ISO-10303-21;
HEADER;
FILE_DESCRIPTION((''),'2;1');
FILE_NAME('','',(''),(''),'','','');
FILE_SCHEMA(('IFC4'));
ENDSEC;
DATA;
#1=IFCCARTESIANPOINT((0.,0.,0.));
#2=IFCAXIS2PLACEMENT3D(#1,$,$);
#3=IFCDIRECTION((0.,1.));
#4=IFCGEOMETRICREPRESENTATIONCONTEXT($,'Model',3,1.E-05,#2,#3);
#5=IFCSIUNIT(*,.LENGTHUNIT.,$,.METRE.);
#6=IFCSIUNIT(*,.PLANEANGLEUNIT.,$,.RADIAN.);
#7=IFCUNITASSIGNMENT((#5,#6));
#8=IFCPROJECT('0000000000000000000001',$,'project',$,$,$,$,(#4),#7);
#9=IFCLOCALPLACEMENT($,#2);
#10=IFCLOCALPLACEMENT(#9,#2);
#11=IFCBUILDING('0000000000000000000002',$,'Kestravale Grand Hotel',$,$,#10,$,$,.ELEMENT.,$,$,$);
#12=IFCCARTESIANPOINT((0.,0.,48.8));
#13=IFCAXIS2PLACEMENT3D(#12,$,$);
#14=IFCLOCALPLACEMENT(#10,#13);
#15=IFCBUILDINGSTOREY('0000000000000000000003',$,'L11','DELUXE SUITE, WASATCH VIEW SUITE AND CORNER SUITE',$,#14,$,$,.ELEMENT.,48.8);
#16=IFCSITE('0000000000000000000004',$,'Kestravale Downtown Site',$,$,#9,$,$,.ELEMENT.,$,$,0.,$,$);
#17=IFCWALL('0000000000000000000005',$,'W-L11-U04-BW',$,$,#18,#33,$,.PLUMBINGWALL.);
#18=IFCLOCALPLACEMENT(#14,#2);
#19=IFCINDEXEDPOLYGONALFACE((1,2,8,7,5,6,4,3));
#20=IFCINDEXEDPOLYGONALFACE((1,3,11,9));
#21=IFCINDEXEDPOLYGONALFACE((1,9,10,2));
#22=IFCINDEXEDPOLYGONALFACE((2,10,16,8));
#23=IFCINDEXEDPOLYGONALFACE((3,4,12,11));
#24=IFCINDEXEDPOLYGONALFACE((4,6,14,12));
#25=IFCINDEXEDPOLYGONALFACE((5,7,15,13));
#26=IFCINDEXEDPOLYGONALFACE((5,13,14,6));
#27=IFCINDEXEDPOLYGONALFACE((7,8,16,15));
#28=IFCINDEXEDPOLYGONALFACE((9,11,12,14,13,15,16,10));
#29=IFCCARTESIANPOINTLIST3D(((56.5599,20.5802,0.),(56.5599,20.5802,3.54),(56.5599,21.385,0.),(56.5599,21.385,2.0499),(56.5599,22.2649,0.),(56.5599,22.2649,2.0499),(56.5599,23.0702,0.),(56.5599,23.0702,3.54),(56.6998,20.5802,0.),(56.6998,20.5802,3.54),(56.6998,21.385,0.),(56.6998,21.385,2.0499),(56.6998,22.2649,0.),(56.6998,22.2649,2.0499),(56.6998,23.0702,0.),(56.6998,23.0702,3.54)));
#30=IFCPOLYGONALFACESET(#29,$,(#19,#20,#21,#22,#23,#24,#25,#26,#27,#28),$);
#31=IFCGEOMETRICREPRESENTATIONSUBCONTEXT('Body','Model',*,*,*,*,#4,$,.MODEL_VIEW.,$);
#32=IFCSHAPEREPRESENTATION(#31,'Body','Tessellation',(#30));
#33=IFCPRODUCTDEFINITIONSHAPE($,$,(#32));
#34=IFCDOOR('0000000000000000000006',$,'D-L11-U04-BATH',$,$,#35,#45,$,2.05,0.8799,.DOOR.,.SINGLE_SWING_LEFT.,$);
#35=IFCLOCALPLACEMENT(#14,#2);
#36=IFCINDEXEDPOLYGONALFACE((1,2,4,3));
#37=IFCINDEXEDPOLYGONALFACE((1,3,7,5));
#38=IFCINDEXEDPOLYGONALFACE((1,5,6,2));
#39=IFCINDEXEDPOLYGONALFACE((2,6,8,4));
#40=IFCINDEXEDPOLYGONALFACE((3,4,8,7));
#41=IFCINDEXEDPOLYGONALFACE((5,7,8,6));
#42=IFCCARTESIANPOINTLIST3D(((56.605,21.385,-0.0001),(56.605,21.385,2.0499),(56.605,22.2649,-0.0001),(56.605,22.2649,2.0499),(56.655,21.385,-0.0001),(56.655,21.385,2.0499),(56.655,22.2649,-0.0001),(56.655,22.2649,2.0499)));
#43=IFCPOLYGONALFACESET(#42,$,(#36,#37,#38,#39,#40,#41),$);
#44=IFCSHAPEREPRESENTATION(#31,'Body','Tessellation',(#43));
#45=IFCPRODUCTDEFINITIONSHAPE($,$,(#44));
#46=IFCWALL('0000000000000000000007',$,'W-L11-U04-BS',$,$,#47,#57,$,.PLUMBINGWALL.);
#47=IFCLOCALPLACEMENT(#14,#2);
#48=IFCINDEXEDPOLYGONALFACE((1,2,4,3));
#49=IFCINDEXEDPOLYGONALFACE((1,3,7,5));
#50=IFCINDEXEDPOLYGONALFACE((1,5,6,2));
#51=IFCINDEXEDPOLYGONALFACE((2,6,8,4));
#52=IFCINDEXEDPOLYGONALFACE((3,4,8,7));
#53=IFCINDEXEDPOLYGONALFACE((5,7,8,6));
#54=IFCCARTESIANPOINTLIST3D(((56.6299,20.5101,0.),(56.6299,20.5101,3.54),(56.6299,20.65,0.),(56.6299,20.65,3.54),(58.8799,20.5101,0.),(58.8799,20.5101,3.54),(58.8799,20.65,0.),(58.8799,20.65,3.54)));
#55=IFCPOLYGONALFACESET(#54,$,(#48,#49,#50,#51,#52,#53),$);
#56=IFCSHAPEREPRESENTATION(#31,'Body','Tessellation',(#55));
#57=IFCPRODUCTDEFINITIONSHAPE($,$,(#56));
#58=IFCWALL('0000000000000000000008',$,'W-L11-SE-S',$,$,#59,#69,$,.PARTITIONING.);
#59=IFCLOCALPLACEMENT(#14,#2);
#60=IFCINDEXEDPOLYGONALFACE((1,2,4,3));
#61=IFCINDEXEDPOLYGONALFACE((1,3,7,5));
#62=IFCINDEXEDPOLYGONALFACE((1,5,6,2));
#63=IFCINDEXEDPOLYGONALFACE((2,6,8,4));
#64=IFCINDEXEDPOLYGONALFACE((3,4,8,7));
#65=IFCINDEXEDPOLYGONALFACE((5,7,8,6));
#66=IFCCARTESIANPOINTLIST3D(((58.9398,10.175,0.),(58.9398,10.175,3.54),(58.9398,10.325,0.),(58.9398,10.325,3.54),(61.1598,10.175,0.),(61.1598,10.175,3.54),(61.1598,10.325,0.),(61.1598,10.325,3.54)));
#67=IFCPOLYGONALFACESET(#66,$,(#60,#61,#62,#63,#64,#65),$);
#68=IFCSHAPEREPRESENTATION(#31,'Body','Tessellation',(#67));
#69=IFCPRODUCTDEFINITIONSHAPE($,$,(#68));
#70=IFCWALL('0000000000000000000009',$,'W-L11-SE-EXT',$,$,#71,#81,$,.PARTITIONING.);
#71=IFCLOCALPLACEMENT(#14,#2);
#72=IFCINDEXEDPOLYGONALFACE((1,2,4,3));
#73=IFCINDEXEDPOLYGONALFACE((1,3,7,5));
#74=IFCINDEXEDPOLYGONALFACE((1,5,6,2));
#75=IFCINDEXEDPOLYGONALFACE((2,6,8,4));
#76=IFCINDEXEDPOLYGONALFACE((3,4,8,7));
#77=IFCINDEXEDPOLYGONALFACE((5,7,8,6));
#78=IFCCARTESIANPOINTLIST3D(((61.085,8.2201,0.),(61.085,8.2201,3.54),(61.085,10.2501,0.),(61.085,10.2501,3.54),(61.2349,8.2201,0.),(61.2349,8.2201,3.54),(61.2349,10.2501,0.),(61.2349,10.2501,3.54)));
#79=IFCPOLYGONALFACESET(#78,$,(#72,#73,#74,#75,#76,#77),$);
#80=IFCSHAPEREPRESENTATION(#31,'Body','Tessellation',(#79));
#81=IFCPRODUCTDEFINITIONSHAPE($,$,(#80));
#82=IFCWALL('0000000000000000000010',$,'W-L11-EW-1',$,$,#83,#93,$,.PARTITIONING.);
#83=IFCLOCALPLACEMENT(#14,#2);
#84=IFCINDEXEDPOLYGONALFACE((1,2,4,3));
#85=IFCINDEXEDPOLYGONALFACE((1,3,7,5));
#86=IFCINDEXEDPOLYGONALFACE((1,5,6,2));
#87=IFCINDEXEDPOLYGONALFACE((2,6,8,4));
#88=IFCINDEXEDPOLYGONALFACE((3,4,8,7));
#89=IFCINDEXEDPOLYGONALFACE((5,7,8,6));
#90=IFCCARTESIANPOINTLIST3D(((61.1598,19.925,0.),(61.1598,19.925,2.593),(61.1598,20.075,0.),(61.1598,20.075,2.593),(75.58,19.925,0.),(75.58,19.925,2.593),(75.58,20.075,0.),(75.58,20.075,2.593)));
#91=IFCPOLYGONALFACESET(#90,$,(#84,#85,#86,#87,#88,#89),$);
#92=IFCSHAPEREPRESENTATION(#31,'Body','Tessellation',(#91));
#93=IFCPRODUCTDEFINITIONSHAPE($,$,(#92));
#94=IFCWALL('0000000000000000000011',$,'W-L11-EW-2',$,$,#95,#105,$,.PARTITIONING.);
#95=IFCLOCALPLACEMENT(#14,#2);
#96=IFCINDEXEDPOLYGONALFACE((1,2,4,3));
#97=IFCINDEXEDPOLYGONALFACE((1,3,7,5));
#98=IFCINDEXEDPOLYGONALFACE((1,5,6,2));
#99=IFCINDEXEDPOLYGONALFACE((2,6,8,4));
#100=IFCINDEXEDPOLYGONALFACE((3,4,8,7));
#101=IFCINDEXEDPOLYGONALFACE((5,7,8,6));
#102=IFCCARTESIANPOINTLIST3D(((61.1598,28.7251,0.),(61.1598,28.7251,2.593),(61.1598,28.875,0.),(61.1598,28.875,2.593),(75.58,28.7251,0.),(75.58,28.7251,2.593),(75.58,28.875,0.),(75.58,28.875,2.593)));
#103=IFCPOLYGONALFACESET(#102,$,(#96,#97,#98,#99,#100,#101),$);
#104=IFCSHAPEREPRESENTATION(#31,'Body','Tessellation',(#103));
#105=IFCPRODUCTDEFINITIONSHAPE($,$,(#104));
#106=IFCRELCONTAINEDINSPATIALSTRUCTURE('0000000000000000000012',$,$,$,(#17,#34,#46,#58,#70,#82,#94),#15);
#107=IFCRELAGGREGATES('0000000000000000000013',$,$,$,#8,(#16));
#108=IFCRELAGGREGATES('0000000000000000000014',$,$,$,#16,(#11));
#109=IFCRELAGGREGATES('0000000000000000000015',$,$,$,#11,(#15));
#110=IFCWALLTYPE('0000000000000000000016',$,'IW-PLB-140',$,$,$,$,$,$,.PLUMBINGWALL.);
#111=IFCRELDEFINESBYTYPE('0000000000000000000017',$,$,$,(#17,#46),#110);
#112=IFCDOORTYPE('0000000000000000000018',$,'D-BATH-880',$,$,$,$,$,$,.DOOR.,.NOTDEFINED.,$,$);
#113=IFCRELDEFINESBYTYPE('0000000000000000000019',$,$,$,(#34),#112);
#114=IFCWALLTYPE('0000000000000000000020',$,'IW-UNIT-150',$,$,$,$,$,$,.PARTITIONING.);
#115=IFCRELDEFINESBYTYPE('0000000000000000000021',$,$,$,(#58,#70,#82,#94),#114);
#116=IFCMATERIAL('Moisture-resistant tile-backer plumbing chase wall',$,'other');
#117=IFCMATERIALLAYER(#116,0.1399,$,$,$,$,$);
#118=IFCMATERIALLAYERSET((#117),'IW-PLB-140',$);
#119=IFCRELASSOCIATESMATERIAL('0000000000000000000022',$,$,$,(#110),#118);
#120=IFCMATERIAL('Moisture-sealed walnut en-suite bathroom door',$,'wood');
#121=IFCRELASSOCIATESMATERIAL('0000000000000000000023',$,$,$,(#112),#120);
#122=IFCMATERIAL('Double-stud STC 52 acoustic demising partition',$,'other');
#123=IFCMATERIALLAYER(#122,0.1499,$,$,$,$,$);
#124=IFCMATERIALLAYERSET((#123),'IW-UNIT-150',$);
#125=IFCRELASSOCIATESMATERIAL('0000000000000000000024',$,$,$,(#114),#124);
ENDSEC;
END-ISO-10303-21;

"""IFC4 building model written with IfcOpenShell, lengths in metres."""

from ifc_helpers import new_model, si_unit, direction, frame, frame_2d, origin, place, context, subcontext, project, spatial, rectangle, extrude, material, layer, layer_set, type_object, element, fill, save


model = new_model("IFC4")

# Units and contexts
model_context = context("Model", 3, precision=1e-05, world=origin(), true_north=direction((0.0, 1.0)))
body_context = subcontext(model_context, "Body", "Model", "MODEL_VIEW")
ifc_project = project(units=[si_unit("LENGTHUNIT", "METRE"), si_unit("PLANEANGLEUNIT", "RADIAN")], contexts=[model_context])

# Site, building, storey
site_placement = place(None, origin())
site = spatial("IfcSite", under=ifc_project, at=site_placement, Name="Kestravale Downtown Site", CompositionType="ELEMENT", RefElevation=0.0)
building_placement = place(site_placement, origin())
building = spatial("IfcBuilding", under=site, at=building_placement, Name="Kestravale Grand Hotel", CompositionType="ELEMENT")
storey_placement = place(building_placement, frame((0.0, 0.0, 48.8)))
storey = spatial("IfcBuildingStorey", under=building, at=storey_placement, Name="L11", Description="DELUXE SUITE, WASATCH VIEW SUITE AND CORNER SUITE", CompositionType="ELEMENT", Elevation=48.8)

# Wall, opening, door
ifc_material_1 = material(Name="Moisture-resistant tile-backer plumbing chase wall", Category="other")
ifc_layer_1 = layer(ifc_material_1, 0.1399)
ifc_layer_set_1 = layer_set([ifc_layer_1], Name="IW-PLB-140")
wall_type_1 = type_object("IfcWallType", Name="IW-PLB-140", PredefinedType="PLUMBINGWALL", material=ifc_layer_set_1)
wall_1_placement = place(storey_placement, frame((56.6299, 20.5801, 0.0), z_axis=(0.0, 0.0, 1.0), x_axis=(0.0, 1.0, 0.0)))
wall_1 = element("IfcWall", 1, at=wall_1_placement, inside=storey, type_object=wall_type_1, Name="W-L11-U04-BW", PredefinedType="PLUMBINGWALL", context=body_context, shape_type="SweptSolid", body=[
    extrude(rectangle(XDim=2.49, YDim=0.1399, at=frame_2d((1.2451, 0.0))), origin(), (0.0, 0.0, 1.0), 3.54),
])
opening_1_placement = place(wall_1_placement, frame((0.8049, 0.0, 0.0)))
opening_1 = element("IfcOpeningElement", 2, at=opening_1_placement, cuts=wall_1, PredefinedType="OPENING", context=body_context, shape_type="SweptSolid", body=[
    extrude(rectangle(XDim=0.8799, YDim=2.05, at=frame_2d((0.4399, 1.0249))), frame((0.0, 0.0798, 0.0), z_axis=(0.0, -1.0, 0.0), x_axis=(1.0, 0.0, 0.0)), (0.0, 0.0, 1.0), 0.1599),
])
ifc_material_2 = material(Name="Moisture-sealed walnut en-suite bathroom door", Category="wood")
door_type_1 = type_object("IfcDoorType", Name="D-BATH-880", OperationType="NOTDEFINED", PredefinedType="DOOR", material=ifc_material_2)
door_1_placement = place(opening_1_placement, origin())
door_1 = element("IfcDoor", 3, at=door_1_placement, inside=storey, type_object=door_type_1, Name="D-L11-U04-BATH", OperationType="SINGLE_SWING_LEFT", OverallHeight=2.05, OverallWidth=0.8799, PredefinedType="DOOR", context=body_context, shape_type="SweptSolid", body=[
    extrude(rectangle(XDim=0.8799, YDim=2.05, at=frame_2d((0.4399, 1.0249))), frame((0.0, 0.0249, 0.0), z_axis=(0.0, -1.0, 0.0), x_axis=(1.0, 0.0, 0.0)), (0.0, 0.0, 1.0), 0.05),
])
fill(opening_1, door_1)

# Walls
wall_2_placement = place(storey_placement, frame((56.6299, 20.5801, 0.0), z_axis=(0.0, 0.0, 1.0), x_axis=(1.0, 0.0, 0.0)))
element("IfcWall", 4, at=wall_2_placement, inside=storey, type_object=wall_type_1, Name="W-L11-U04-BS", PredefinedType="PLUMBINGWALL", context=body_context, shape_type="SweptSolid", body=[
    extrude(rectangle(XDim=2.25, YDim=0.1399, at=frame_2d((1.125, 0.0))), origin(), (0.0, 0.0, 1.0), 3.54),
])
ifc_material_3 = material(Name="Double-stud STC 52 acoustic demising partition", Category="other")
ifc_layer_2 = layer(ifc_material_3, 0.1499)
ifc_layer_set_2 = layer_set([ifc_layer_2], Name="IW-UNIT-150")
wall_type_2 = type_object("IfcWallType", Name="IW-UNIT-150", PredefinedType="PARTITIONING", material=ifc_layer_set_2)
wall_3_placement = place(storey_placement, frame((58.9399, 10.25, 0.0), z_axis=(0.0, 0.0, 1.0), x_axis=(1.0, 0.0, 0.0)))
element("IfcWall", 5, at=wall_3_placement, inside=storey, type_object=wall_type_2, Name="W-L11-SE-S", PredefinedType="PARTITIONING", context=body_context, shape_type="SweptSolid", body=[
    extrude(rectangle(XDim=2.22, YDim=0.1499, at=frame_2d((1.1099, 0.0))), origin(), (0.0, 0.0, 1.0), 3.54),
])
wall_4_placement = place(storey_placement, frame((61.1599, 8.22, 0.0), z_axis=(0.0, 0.0, 1.0), x_axis=(0.0, 1.0, 0.0)))
element("IfcWall", 6, at=wall_4_placement, inside=storey, type_object=wall_type_2, Name="W-L11-SE-EXT", PredefinedType="PARTITIONING", context=body_context, shape_type="SweptSolid", body=[
    extrude(rectangle(XDim=2.03, YDim=0.1499, at=frame_2d((1.0151, 0.0))), origin(), (0.0, 0.0, 1.0), 3.54),
])
for number, where, z_axis, x_axis, name in (
    (7, (61.1599, 20.0, 0.0), (0.0, 0.0, 1.0), (1.0, 0.0, 0.0), "W-L11-EW-1"),
    (8, (61.1599, 28.8, 0.0), (0.0, 0.0, 1.0), (1.0, 0.0, 0.0), "W-L11-EW-2"),
):
    element("IfcWall", number, at=place(storey_placement, frame(where, z_axis=z_axis, x_axis=x_axis)), inside=storey, type_object=wall_type_2, Name=name, PredefinedType="PARTITIONING", context=body_context, shape_type="SweptSolid", body=[
        extrude(rectangle(XDim=14.4202, YDim=0.1499, at=frame_2d((7.21, 0.0))), origin(), (0.0, 0.0, 1.0), 2.593),
    ])

save(model, "model.ifc")
